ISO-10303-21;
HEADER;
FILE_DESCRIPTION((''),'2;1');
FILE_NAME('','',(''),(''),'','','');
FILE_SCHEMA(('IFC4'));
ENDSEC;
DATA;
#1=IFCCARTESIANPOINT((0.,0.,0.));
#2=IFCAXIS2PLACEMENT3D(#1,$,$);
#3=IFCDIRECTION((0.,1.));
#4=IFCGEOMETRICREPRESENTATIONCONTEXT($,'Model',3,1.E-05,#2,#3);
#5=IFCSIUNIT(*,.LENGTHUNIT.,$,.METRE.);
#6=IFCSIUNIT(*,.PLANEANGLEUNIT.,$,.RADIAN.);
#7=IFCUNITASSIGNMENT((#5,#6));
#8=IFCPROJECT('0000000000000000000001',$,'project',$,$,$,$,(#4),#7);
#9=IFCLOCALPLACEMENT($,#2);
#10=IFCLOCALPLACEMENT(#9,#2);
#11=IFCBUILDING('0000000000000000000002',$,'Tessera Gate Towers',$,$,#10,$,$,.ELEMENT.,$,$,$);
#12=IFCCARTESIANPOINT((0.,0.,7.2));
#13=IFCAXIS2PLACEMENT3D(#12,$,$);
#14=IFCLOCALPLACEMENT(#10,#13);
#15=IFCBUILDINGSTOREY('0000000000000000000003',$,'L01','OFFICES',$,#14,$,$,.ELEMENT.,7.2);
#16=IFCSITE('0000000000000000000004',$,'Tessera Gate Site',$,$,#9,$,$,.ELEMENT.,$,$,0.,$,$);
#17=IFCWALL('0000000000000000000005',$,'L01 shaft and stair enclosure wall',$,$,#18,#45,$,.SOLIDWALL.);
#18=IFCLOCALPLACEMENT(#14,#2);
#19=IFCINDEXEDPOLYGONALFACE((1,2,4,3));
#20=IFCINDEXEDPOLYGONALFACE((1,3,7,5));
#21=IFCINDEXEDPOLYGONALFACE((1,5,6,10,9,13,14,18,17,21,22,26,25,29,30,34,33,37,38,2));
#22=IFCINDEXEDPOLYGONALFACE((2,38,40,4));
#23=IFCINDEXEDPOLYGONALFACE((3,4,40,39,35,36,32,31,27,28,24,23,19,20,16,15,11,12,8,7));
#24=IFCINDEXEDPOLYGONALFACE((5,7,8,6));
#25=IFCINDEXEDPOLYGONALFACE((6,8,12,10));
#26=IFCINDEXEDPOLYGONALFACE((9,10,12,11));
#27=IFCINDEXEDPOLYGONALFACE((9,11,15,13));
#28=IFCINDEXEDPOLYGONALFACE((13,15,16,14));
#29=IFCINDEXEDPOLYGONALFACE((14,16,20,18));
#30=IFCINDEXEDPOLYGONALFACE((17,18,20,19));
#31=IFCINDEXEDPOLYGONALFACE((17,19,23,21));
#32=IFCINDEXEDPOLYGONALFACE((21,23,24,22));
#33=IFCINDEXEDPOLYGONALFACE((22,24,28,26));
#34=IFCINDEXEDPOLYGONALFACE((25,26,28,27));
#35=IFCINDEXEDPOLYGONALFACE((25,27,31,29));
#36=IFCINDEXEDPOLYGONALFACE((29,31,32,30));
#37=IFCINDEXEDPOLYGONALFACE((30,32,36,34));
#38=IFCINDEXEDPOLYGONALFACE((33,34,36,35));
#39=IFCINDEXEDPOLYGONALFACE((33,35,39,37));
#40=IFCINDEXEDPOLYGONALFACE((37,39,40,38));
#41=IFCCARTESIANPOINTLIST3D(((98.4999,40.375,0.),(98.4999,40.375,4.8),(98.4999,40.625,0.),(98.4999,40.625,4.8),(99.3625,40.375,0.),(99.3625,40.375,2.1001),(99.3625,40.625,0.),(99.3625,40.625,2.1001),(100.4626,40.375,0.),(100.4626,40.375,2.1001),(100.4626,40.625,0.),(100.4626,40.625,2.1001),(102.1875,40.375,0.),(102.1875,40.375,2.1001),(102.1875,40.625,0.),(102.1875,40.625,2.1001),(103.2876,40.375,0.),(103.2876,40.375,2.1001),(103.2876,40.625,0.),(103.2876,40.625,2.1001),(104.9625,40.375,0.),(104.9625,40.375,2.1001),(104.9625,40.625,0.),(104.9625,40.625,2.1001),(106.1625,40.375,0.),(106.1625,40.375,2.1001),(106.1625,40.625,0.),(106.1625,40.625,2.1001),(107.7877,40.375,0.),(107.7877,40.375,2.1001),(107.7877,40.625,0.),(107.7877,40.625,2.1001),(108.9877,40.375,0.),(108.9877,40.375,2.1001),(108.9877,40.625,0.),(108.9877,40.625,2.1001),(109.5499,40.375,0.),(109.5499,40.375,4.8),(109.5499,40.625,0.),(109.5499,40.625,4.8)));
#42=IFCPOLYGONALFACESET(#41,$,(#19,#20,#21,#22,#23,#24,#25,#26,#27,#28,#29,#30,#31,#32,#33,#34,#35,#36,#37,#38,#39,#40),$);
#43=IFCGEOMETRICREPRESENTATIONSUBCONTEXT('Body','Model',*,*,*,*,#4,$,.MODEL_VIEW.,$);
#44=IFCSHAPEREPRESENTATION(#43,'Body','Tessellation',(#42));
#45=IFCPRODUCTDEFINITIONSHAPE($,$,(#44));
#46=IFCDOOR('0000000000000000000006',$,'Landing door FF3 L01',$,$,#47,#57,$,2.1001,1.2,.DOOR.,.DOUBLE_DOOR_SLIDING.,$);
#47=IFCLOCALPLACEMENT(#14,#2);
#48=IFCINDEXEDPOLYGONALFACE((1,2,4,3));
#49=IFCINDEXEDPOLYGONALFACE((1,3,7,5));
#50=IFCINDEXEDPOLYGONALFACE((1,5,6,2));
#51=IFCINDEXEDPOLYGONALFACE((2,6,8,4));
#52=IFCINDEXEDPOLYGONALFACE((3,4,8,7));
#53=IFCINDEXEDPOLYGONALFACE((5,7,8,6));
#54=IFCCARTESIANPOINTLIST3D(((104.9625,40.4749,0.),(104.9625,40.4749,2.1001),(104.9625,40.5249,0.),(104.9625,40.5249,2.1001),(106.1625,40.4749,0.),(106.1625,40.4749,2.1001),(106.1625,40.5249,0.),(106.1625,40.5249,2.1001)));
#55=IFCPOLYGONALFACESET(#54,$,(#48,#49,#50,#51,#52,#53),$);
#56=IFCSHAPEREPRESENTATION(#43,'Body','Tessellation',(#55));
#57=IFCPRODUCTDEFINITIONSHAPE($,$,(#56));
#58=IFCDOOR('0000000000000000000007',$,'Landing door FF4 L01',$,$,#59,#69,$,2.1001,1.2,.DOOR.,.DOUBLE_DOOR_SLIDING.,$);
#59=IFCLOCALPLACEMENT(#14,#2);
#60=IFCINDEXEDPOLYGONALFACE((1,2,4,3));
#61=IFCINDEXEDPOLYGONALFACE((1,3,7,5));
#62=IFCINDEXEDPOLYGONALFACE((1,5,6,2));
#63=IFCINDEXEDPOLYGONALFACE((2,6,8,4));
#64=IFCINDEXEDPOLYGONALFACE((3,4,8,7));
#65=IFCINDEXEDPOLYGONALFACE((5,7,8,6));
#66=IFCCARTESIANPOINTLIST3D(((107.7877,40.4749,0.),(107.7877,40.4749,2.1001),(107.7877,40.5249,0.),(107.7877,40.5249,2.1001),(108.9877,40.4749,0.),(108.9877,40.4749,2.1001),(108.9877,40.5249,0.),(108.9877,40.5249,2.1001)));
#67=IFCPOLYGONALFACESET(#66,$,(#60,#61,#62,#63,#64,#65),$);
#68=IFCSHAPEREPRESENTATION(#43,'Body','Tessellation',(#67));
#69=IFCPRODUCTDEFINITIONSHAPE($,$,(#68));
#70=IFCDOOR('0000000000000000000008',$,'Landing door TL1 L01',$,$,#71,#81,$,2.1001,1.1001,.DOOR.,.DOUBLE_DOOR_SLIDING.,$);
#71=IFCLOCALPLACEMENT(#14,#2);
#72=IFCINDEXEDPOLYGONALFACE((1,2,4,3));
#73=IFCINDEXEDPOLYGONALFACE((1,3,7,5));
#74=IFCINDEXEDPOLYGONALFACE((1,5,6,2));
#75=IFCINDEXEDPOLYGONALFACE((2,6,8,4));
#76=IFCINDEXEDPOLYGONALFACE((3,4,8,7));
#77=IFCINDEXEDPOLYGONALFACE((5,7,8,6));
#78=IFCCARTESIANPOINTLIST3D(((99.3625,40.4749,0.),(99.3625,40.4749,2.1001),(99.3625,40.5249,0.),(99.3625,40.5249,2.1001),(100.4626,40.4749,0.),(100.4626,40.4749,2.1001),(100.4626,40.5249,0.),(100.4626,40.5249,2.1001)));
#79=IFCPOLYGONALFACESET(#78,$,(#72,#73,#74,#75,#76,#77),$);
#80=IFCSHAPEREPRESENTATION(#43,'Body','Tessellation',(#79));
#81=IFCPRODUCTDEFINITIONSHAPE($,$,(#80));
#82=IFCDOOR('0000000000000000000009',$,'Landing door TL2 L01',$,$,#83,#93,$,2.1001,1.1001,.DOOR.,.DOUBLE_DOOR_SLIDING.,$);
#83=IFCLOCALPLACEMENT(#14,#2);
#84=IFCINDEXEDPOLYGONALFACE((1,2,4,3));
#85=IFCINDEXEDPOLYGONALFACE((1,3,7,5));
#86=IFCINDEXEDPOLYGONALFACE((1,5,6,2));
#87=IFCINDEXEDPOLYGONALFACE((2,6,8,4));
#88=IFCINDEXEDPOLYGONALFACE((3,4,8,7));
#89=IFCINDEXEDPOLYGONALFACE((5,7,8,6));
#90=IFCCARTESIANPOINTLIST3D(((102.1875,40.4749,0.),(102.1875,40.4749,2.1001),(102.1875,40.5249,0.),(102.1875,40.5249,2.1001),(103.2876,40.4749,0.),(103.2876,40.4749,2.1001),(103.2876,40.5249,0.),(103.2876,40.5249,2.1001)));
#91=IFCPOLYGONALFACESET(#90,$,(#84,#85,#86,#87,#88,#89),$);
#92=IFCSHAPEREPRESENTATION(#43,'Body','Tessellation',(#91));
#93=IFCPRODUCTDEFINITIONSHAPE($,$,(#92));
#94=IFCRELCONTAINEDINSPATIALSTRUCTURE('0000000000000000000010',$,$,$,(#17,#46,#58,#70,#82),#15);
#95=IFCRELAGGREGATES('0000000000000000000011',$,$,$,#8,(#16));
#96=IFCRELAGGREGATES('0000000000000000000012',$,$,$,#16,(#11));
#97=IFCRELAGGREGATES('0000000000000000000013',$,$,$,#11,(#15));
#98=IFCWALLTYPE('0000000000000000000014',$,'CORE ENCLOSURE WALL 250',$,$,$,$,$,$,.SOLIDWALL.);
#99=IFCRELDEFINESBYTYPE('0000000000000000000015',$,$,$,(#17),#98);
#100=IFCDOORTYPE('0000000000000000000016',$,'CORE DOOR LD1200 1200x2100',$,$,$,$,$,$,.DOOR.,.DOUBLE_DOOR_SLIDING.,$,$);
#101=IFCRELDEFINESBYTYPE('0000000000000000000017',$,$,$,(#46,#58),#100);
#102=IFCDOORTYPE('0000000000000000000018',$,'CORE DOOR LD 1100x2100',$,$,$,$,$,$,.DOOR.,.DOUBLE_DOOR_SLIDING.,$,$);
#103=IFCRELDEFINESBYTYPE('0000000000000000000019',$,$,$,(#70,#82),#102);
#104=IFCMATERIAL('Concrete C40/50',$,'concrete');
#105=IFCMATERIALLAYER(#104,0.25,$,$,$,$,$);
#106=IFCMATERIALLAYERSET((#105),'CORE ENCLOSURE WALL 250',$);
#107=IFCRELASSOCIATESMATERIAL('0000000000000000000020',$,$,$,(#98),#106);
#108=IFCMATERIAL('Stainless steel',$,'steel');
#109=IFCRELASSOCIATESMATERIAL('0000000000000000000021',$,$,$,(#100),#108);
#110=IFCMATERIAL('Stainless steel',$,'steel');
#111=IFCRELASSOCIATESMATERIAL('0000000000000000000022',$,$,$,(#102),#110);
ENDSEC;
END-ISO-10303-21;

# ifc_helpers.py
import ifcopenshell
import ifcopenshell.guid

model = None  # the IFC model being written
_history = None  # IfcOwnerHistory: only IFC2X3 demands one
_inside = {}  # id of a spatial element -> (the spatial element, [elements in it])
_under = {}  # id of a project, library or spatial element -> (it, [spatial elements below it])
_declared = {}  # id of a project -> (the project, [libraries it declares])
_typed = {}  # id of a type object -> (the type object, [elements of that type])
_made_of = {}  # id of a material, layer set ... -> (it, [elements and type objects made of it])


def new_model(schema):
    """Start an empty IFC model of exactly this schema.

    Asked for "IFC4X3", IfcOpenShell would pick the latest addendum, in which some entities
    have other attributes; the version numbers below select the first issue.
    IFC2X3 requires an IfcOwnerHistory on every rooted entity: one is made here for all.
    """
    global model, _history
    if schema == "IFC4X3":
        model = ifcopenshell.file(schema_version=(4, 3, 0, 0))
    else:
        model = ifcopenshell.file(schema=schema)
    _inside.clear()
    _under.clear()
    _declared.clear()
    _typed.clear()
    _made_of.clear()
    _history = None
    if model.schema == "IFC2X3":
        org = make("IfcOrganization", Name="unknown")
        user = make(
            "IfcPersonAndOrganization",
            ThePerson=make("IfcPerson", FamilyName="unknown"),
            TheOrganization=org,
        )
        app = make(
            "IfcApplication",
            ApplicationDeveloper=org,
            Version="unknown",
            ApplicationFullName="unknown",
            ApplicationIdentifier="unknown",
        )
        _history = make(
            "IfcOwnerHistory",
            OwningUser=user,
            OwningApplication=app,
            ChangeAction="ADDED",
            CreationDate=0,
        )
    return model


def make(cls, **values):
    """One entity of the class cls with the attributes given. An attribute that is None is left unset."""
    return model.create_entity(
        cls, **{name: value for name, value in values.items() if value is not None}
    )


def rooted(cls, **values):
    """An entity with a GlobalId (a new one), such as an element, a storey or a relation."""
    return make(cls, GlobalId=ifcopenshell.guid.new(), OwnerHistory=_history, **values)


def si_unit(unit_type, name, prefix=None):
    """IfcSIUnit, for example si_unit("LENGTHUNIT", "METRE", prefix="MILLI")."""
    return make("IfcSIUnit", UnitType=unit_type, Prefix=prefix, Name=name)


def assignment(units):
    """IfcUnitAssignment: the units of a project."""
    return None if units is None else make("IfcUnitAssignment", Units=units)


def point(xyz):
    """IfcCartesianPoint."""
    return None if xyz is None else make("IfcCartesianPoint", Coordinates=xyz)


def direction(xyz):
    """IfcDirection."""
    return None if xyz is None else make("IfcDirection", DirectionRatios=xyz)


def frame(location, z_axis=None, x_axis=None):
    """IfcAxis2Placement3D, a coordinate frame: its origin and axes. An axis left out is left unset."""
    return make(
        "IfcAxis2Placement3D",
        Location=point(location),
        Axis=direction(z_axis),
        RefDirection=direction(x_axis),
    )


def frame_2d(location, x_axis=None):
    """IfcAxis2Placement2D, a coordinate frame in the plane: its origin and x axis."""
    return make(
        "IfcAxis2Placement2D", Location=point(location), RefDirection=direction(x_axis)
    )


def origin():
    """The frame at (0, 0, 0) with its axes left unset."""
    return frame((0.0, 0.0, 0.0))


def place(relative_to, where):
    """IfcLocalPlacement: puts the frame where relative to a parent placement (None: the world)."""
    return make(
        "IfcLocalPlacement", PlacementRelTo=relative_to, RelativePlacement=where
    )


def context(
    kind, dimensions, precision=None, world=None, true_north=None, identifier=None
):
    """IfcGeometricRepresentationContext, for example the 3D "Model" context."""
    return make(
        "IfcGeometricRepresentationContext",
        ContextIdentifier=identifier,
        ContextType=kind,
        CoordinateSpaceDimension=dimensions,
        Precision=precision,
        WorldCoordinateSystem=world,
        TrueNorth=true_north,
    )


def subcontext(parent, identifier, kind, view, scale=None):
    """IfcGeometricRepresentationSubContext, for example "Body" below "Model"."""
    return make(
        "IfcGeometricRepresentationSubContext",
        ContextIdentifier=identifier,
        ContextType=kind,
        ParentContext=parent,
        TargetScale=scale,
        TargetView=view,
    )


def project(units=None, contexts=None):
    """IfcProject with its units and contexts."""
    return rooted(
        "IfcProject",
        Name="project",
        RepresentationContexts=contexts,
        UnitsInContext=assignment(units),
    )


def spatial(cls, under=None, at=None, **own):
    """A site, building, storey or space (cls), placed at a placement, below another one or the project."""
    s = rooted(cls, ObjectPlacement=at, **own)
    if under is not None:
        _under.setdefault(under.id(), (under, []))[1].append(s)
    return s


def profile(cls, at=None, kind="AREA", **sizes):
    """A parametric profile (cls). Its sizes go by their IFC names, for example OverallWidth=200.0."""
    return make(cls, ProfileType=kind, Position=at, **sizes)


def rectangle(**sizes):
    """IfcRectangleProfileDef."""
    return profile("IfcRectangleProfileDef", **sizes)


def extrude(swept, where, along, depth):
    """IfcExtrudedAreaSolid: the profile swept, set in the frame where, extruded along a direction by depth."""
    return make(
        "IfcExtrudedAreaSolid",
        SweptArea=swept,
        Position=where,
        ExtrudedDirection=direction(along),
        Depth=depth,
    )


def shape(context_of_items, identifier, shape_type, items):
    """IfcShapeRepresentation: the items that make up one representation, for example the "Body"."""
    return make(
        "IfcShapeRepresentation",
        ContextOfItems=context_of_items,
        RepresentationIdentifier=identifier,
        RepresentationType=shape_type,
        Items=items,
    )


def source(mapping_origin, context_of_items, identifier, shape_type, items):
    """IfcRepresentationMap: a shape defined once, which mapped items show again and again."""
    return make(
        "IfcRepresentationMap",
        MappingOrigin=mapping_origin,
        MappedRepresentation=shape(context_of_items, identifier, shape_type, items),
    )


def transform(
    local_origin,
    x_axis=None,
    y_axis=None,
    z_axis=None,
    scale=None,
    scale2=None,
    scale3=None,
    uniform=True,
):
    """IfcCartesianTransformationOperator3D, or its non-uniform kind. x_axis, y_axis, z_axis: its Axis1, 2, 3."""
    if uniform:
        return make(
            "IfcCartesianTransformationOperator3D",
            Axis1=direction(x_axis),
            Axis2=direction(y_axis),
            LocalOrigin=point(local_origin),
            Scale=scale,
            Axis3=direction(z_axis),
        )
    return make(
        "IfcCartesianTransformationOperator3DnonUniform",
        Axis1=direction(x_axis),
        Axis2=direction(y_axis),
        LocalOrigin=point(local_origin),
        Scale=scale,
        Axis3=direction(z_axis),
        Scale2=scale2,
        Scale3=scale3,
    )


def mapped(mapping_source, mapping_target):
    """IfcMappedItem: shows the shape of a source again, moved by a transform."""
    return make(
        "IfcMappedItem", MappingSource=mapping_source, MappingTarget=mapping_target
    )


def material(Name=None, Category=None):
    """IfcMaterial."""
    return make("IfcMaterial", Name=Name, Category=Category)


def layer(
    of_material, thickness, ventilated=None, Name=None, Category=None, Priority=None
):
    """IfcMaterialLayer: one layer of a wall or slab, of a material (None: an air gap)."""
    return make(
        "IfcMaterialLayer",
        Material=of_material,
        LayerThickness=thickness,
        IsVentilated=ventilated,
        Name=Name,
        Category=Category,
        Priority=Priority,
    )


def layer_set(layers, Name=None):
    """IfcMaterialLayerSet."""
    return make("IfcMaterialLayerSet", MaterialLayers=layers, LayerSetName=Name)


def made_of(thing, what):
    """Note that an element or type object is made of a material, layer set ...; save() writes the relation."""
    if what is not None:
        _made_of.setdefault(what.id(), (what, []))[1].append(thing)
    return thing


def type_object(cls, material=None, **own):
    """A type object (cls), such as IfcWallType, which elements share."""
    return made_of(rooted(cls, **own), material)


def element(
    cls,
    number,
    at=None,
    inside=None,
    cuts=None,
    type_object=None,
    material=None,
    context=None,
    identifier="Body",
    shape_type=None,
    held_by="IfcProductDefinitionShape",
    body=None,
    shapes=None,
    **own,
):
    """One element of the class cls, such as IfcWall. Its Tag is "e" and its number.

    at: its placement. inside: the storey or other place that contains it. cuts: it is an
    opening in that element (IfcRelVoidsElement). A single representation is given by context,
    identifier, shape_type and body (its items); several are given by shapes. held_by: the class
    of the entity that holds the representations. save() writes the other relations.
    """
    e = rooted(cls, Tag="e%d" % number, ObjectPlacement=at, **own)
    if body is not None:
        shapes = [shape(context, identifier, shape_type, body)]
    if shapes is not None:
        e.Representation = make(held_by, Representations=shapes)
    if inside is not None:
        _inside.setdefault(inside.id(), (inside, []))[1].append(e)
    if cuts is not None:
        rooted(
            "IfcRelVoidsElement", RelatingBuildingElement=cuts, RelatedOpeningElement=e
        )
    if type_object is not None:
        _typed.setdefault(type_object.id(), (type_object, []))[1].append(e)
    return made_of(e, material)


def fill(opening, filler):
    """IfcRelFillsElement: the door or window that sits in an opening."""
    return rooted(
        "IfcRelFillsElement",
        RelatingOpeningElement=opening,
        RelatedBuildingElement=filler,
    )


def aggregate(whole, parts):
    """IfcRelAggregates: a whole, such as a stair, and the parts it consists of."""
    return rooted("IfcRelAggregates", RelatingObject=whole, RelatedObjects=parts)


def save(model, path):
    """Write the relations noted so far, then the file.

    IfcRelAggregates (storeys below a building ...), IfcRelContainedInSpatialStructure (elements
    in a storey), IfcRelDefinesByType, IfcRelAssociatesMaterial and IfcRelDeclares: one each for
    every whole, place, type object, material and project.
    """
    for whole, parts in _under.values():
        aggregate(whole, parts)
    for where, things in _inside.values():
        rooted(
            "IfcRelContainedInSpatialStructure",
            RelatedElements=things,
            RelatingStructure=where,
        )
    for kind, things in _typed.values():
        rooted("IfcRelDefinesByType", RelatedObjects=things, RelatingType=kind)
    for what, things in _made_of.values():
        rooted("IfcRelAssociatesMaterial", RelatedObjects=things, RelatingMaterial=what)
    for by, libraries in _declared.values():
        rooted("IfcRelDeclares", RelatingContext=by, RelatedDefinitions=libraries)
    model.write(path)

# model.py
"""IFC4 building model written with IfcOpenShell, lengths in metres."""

from ifc_helpers import new_model, si_unit, direction, frame, frame_2d, origin, place, context, subcontext, project, spatial, rectangle, extrude, source, transform, mapped, material, layer, layer_set, type_object, element, fill, save


model = new_model("IFC4")

# Units and contexts
model_context = context("Model", 3, precision=1e-05, world=origin(), true_north=direction((0.0, 1.0)))
body_context = subcontext(model_context, "Body", "Model", "MODEL_VIEW")
ifc_project = project(units=[si_unit("LENGTHUNIT", "METRE"), si_unit("PLANEANGLEUNIT", "RADIAN")], contexts=[model_context])

# Site, building, storey
site_placement = place(None, origin())
site = spatial("IfcSite", under=ifc_project, at=site_placement, Name="Tessera Gate Site", CompositionType="ELEMENT", RefElevation=0.0)
building_placement = place(site_placement, origin())
building = spatial("IfcBuilding", under=site, at=building_placement, Name="Tessera Gate Towers", CompositionType="ELEMENT")
storey_placement = place(building_placement, frame((0.0, 0.0, 7.2)))
storey = spatial("IfcBuildingStorey", under=building, at=storey_placement, Name="L01", Description="OFFICES", CompositionType="ELEMENT", Elevation=7.2)

# Wall, openings, doors
ifc_material_1 = material(Name="Concrete C40/50", Category="concrete")
ifc_layer_1 = layer(ifc_material_1, 0.25)
ifc_layer_set_1 = layer_set([ifc_layer_1], Name="CORE ENCLOSURE WALL 250")
wall_type_1 = type_object("IfcWallType", Name="CORE ENCLOSURE WALL 250", PredefinedType="SOLIDWALL", material=ifc_layer_set_1)
wall_1_placement = place(storey_placement, frame((98.5, 40.5, 0.0), z_axis=(0.0, 0.0, 1.0), x_axis=(1.0, 0.0, 0.0)))
wall_1 = element("IfcWall", 1, at=wall_1_placement, inside=storey, type_object=wall_type_1, Name="L01 shaft and stair enclosure wall", PredefinedType="SOLIDWALL", context=body_context, shape_type="SweptSolid", body=[
    extrude(rectangle(XDim=11.05, YDim=0.25, at=frame_2d((5.5249, 0.0))), origin(), (0.0, 0.0, 1.0), 4.8),
])
shared_shape_1 = source(origin(), body_context, "Body", "SweptSolid", [
    extrude(rectangle(XDim=1.1001, YDim=2.1001, at=frame_2d((0.55, 1.05))), frame((0.0, 0.135, 0.0), z_axis=(0.0, -1.0, 0.0), x_axis=(1.0, 0.0, 0.0)), (0.0, 0.0, 1.0), 0.27),
])
opening_1_placement = place(wall_1_placement, frame((0.8625, 0.0, 0.0)))
opening_1 = element("IfcOpeningElement", 2, at=opening_1_placement, cuts=wall_1, PredefinedType="OPENING", context=body_context, shape_type="MappedRepresentation", body=[
    mapped(shared_shape_1, transform((0.0, 0.0, 0.0), scale=1.0)),
])
opening_2_placement = place(wall_1_placement, frame((3.6875, 0.0, 0.0)))
opening_2 = element("IfcOpeningElement", 3, at=opening_2_placement, cuts=wall_1, PredefinedType="OPENING", context=body_context, shape_type="MappedRepresentation", body=[
    mapped(shared_shape_1, transform((0.0, 0.0, 0.0), scale=1.0)),
])
shared_shape_2 = source(origin(), body_context, "Body", "SweptSolid", [
    extrude(rectangle(XDim=1.2, YDim=2.1001, at=frame_2d((0.6001, 1.05))), frame((0.0, 0.135, 0.0), z_axis=(0.0, -1.0, 0.0), x_axis=(1.0, 0.0, 0.0)), (0.0, 0.0, 1.0), 0.27),
])
opening_3_placement = place(wall_1_placement, frame((6.4624, 0.0, 0.0)))
opening_3 = element("IfcOpeningElement", 4, at=opening_3_placement, cuts=wall_1, PredefinedType="OPENING", context=body_context, shape_type="MappedRepresentation", body=[
    mapped(shared_shape_2, transform((0.0, 0.0, 0.0), scale=1.0)),
])
opening_4_placement = place(wall_1_placement, frame((9.2876, 0.0, 0.0)))
opening_4 = element("IfcOpeningElement", 5, at=opening_4_placement, cuts=wall_1, PredefinedType="OPENING", context=body_context, shape_type="MappedRepresentation", body=[
    mapped(shared_shape_2, transform((0.0, 0.0, 0.0), scale=1.0)),
])
ifc_material_2 = material(Name="Stainless steel", Category="steel")
door_type_1 = type_object("IfcDoorType", Name="CORE DOOR LD1200 1200x2100", OperationType="DOUBLE_DOOR_SLIDING", PredefinedType="DOOR", material=ifc_material_2)
shared_shape_3 = source(origin(), body_context, "Body", "SweptSolid", [
    extrude(rectangle(XDim=1.2, YDim=2.1001, at=frame_2d((0.6001, 1.05))), frame((0.0, 0.0249, 0.0), z_axis=(0.0, -1.0, 0.0), x_axis=(1.0, 0.0, 0.0)), (0.0, 0.0, 1.0), 0.05),
])
door_1_placement = place(opening_3_placement, origin())
door_1 = element("IfcDoor", 6, at=door_1_placement, inside=storey, type_object=door_type_1, Name="Landing door FF3 L01", OperationType="DOUBLE_DOOR_SLIDING", OverallHeight=2.1001, OverallWidth=1.2, PredefinedType="DOOR", context=body_context, shape_type="MappedRepresentation", body=[
    mapped(shared_shape_3, transform((0.0, 0.0, 0.0), scale=1.0)),
])
fill(opening_3, door_1)
door_2_placement = place(opening_4_placement, origin())
door_2 = element("IfcDoor", 7, at=door_2_placement, inside=storey, type_object=door_type_1, Name="Landing door FF4 L01", OperationType="DOUBLE_DOOR_SLIDING", OverallHeight=2.1001, OverallWidth=1.2, PredefinedType="DOOR", context=body_context, shape_type="MappedRepresentation", body=[
    mapped(shared_shape_3, transform((0.0, 0.0, 0.0), scale=1.0)),
])
fill(opening_4, door_2)
ifc_material_3 = material(Name="Stainless steel", Category="steel")
door_type_2 = type_object("IfcDoorType", Name="CORE DOOR LD 1100x2100", OperationType="DOUBLE_DOOR_SLIDING", PredefinedType="DOOR", material=ifc_material_3)
shared_shape_4 = source(origin(), body_context, "Body", "SweptSolid", [
    extrude(rectangle(XDim=1.1001, YDim=2.1001, at=frame_2d((0.55, 1.05))), frame((0.0, 0.0249, 0.0), z_axis=(0.0, -1.0, 0.0), x_axis=(1.0, 0.0, 0.0)), (0.0, 0.0, 1.0), 0.05),
])
door_3_placement = place(opening_1_placement, origin())
door_3 = element("IfcDoor", 8, at=door_3_placement, inside=storey, type_object=door_type_2, Name="Landing door TL1 L01", OperationType="DOUBLE_DOOR_SLIDING", OverallHeight=2.1001, OverallWidth=1.1001, PredefinedType="DOOR", context=body_context, shape_type="MappedRepresentation", body=[
    mapped(shared_shape_4, transform((0.0, 0.0, 0.0), scale=1.0)),
])
fill(opening_1, door_3)
door_4_placement = place(opening_2_placement, origin())
door_4 = element("IfcDoor", 9, at=door_4_placement, inside=storey, type_object=door_type_2, Name="Landing door TL2 L01", OperationType="DOUBLE_DOOR_SLIDING", OverallHeight=2.1001, OverallWidth=1.1001, PredefinedType="DOOR", context=body_context, shape_type="MappedRepresentation", body=[
    mapped(shared_shape_4, transform((0.0, 0.0, 0.0), scale=1.0)),
])
fill(opening_2, door_4)

save(model, "model.ifc")
